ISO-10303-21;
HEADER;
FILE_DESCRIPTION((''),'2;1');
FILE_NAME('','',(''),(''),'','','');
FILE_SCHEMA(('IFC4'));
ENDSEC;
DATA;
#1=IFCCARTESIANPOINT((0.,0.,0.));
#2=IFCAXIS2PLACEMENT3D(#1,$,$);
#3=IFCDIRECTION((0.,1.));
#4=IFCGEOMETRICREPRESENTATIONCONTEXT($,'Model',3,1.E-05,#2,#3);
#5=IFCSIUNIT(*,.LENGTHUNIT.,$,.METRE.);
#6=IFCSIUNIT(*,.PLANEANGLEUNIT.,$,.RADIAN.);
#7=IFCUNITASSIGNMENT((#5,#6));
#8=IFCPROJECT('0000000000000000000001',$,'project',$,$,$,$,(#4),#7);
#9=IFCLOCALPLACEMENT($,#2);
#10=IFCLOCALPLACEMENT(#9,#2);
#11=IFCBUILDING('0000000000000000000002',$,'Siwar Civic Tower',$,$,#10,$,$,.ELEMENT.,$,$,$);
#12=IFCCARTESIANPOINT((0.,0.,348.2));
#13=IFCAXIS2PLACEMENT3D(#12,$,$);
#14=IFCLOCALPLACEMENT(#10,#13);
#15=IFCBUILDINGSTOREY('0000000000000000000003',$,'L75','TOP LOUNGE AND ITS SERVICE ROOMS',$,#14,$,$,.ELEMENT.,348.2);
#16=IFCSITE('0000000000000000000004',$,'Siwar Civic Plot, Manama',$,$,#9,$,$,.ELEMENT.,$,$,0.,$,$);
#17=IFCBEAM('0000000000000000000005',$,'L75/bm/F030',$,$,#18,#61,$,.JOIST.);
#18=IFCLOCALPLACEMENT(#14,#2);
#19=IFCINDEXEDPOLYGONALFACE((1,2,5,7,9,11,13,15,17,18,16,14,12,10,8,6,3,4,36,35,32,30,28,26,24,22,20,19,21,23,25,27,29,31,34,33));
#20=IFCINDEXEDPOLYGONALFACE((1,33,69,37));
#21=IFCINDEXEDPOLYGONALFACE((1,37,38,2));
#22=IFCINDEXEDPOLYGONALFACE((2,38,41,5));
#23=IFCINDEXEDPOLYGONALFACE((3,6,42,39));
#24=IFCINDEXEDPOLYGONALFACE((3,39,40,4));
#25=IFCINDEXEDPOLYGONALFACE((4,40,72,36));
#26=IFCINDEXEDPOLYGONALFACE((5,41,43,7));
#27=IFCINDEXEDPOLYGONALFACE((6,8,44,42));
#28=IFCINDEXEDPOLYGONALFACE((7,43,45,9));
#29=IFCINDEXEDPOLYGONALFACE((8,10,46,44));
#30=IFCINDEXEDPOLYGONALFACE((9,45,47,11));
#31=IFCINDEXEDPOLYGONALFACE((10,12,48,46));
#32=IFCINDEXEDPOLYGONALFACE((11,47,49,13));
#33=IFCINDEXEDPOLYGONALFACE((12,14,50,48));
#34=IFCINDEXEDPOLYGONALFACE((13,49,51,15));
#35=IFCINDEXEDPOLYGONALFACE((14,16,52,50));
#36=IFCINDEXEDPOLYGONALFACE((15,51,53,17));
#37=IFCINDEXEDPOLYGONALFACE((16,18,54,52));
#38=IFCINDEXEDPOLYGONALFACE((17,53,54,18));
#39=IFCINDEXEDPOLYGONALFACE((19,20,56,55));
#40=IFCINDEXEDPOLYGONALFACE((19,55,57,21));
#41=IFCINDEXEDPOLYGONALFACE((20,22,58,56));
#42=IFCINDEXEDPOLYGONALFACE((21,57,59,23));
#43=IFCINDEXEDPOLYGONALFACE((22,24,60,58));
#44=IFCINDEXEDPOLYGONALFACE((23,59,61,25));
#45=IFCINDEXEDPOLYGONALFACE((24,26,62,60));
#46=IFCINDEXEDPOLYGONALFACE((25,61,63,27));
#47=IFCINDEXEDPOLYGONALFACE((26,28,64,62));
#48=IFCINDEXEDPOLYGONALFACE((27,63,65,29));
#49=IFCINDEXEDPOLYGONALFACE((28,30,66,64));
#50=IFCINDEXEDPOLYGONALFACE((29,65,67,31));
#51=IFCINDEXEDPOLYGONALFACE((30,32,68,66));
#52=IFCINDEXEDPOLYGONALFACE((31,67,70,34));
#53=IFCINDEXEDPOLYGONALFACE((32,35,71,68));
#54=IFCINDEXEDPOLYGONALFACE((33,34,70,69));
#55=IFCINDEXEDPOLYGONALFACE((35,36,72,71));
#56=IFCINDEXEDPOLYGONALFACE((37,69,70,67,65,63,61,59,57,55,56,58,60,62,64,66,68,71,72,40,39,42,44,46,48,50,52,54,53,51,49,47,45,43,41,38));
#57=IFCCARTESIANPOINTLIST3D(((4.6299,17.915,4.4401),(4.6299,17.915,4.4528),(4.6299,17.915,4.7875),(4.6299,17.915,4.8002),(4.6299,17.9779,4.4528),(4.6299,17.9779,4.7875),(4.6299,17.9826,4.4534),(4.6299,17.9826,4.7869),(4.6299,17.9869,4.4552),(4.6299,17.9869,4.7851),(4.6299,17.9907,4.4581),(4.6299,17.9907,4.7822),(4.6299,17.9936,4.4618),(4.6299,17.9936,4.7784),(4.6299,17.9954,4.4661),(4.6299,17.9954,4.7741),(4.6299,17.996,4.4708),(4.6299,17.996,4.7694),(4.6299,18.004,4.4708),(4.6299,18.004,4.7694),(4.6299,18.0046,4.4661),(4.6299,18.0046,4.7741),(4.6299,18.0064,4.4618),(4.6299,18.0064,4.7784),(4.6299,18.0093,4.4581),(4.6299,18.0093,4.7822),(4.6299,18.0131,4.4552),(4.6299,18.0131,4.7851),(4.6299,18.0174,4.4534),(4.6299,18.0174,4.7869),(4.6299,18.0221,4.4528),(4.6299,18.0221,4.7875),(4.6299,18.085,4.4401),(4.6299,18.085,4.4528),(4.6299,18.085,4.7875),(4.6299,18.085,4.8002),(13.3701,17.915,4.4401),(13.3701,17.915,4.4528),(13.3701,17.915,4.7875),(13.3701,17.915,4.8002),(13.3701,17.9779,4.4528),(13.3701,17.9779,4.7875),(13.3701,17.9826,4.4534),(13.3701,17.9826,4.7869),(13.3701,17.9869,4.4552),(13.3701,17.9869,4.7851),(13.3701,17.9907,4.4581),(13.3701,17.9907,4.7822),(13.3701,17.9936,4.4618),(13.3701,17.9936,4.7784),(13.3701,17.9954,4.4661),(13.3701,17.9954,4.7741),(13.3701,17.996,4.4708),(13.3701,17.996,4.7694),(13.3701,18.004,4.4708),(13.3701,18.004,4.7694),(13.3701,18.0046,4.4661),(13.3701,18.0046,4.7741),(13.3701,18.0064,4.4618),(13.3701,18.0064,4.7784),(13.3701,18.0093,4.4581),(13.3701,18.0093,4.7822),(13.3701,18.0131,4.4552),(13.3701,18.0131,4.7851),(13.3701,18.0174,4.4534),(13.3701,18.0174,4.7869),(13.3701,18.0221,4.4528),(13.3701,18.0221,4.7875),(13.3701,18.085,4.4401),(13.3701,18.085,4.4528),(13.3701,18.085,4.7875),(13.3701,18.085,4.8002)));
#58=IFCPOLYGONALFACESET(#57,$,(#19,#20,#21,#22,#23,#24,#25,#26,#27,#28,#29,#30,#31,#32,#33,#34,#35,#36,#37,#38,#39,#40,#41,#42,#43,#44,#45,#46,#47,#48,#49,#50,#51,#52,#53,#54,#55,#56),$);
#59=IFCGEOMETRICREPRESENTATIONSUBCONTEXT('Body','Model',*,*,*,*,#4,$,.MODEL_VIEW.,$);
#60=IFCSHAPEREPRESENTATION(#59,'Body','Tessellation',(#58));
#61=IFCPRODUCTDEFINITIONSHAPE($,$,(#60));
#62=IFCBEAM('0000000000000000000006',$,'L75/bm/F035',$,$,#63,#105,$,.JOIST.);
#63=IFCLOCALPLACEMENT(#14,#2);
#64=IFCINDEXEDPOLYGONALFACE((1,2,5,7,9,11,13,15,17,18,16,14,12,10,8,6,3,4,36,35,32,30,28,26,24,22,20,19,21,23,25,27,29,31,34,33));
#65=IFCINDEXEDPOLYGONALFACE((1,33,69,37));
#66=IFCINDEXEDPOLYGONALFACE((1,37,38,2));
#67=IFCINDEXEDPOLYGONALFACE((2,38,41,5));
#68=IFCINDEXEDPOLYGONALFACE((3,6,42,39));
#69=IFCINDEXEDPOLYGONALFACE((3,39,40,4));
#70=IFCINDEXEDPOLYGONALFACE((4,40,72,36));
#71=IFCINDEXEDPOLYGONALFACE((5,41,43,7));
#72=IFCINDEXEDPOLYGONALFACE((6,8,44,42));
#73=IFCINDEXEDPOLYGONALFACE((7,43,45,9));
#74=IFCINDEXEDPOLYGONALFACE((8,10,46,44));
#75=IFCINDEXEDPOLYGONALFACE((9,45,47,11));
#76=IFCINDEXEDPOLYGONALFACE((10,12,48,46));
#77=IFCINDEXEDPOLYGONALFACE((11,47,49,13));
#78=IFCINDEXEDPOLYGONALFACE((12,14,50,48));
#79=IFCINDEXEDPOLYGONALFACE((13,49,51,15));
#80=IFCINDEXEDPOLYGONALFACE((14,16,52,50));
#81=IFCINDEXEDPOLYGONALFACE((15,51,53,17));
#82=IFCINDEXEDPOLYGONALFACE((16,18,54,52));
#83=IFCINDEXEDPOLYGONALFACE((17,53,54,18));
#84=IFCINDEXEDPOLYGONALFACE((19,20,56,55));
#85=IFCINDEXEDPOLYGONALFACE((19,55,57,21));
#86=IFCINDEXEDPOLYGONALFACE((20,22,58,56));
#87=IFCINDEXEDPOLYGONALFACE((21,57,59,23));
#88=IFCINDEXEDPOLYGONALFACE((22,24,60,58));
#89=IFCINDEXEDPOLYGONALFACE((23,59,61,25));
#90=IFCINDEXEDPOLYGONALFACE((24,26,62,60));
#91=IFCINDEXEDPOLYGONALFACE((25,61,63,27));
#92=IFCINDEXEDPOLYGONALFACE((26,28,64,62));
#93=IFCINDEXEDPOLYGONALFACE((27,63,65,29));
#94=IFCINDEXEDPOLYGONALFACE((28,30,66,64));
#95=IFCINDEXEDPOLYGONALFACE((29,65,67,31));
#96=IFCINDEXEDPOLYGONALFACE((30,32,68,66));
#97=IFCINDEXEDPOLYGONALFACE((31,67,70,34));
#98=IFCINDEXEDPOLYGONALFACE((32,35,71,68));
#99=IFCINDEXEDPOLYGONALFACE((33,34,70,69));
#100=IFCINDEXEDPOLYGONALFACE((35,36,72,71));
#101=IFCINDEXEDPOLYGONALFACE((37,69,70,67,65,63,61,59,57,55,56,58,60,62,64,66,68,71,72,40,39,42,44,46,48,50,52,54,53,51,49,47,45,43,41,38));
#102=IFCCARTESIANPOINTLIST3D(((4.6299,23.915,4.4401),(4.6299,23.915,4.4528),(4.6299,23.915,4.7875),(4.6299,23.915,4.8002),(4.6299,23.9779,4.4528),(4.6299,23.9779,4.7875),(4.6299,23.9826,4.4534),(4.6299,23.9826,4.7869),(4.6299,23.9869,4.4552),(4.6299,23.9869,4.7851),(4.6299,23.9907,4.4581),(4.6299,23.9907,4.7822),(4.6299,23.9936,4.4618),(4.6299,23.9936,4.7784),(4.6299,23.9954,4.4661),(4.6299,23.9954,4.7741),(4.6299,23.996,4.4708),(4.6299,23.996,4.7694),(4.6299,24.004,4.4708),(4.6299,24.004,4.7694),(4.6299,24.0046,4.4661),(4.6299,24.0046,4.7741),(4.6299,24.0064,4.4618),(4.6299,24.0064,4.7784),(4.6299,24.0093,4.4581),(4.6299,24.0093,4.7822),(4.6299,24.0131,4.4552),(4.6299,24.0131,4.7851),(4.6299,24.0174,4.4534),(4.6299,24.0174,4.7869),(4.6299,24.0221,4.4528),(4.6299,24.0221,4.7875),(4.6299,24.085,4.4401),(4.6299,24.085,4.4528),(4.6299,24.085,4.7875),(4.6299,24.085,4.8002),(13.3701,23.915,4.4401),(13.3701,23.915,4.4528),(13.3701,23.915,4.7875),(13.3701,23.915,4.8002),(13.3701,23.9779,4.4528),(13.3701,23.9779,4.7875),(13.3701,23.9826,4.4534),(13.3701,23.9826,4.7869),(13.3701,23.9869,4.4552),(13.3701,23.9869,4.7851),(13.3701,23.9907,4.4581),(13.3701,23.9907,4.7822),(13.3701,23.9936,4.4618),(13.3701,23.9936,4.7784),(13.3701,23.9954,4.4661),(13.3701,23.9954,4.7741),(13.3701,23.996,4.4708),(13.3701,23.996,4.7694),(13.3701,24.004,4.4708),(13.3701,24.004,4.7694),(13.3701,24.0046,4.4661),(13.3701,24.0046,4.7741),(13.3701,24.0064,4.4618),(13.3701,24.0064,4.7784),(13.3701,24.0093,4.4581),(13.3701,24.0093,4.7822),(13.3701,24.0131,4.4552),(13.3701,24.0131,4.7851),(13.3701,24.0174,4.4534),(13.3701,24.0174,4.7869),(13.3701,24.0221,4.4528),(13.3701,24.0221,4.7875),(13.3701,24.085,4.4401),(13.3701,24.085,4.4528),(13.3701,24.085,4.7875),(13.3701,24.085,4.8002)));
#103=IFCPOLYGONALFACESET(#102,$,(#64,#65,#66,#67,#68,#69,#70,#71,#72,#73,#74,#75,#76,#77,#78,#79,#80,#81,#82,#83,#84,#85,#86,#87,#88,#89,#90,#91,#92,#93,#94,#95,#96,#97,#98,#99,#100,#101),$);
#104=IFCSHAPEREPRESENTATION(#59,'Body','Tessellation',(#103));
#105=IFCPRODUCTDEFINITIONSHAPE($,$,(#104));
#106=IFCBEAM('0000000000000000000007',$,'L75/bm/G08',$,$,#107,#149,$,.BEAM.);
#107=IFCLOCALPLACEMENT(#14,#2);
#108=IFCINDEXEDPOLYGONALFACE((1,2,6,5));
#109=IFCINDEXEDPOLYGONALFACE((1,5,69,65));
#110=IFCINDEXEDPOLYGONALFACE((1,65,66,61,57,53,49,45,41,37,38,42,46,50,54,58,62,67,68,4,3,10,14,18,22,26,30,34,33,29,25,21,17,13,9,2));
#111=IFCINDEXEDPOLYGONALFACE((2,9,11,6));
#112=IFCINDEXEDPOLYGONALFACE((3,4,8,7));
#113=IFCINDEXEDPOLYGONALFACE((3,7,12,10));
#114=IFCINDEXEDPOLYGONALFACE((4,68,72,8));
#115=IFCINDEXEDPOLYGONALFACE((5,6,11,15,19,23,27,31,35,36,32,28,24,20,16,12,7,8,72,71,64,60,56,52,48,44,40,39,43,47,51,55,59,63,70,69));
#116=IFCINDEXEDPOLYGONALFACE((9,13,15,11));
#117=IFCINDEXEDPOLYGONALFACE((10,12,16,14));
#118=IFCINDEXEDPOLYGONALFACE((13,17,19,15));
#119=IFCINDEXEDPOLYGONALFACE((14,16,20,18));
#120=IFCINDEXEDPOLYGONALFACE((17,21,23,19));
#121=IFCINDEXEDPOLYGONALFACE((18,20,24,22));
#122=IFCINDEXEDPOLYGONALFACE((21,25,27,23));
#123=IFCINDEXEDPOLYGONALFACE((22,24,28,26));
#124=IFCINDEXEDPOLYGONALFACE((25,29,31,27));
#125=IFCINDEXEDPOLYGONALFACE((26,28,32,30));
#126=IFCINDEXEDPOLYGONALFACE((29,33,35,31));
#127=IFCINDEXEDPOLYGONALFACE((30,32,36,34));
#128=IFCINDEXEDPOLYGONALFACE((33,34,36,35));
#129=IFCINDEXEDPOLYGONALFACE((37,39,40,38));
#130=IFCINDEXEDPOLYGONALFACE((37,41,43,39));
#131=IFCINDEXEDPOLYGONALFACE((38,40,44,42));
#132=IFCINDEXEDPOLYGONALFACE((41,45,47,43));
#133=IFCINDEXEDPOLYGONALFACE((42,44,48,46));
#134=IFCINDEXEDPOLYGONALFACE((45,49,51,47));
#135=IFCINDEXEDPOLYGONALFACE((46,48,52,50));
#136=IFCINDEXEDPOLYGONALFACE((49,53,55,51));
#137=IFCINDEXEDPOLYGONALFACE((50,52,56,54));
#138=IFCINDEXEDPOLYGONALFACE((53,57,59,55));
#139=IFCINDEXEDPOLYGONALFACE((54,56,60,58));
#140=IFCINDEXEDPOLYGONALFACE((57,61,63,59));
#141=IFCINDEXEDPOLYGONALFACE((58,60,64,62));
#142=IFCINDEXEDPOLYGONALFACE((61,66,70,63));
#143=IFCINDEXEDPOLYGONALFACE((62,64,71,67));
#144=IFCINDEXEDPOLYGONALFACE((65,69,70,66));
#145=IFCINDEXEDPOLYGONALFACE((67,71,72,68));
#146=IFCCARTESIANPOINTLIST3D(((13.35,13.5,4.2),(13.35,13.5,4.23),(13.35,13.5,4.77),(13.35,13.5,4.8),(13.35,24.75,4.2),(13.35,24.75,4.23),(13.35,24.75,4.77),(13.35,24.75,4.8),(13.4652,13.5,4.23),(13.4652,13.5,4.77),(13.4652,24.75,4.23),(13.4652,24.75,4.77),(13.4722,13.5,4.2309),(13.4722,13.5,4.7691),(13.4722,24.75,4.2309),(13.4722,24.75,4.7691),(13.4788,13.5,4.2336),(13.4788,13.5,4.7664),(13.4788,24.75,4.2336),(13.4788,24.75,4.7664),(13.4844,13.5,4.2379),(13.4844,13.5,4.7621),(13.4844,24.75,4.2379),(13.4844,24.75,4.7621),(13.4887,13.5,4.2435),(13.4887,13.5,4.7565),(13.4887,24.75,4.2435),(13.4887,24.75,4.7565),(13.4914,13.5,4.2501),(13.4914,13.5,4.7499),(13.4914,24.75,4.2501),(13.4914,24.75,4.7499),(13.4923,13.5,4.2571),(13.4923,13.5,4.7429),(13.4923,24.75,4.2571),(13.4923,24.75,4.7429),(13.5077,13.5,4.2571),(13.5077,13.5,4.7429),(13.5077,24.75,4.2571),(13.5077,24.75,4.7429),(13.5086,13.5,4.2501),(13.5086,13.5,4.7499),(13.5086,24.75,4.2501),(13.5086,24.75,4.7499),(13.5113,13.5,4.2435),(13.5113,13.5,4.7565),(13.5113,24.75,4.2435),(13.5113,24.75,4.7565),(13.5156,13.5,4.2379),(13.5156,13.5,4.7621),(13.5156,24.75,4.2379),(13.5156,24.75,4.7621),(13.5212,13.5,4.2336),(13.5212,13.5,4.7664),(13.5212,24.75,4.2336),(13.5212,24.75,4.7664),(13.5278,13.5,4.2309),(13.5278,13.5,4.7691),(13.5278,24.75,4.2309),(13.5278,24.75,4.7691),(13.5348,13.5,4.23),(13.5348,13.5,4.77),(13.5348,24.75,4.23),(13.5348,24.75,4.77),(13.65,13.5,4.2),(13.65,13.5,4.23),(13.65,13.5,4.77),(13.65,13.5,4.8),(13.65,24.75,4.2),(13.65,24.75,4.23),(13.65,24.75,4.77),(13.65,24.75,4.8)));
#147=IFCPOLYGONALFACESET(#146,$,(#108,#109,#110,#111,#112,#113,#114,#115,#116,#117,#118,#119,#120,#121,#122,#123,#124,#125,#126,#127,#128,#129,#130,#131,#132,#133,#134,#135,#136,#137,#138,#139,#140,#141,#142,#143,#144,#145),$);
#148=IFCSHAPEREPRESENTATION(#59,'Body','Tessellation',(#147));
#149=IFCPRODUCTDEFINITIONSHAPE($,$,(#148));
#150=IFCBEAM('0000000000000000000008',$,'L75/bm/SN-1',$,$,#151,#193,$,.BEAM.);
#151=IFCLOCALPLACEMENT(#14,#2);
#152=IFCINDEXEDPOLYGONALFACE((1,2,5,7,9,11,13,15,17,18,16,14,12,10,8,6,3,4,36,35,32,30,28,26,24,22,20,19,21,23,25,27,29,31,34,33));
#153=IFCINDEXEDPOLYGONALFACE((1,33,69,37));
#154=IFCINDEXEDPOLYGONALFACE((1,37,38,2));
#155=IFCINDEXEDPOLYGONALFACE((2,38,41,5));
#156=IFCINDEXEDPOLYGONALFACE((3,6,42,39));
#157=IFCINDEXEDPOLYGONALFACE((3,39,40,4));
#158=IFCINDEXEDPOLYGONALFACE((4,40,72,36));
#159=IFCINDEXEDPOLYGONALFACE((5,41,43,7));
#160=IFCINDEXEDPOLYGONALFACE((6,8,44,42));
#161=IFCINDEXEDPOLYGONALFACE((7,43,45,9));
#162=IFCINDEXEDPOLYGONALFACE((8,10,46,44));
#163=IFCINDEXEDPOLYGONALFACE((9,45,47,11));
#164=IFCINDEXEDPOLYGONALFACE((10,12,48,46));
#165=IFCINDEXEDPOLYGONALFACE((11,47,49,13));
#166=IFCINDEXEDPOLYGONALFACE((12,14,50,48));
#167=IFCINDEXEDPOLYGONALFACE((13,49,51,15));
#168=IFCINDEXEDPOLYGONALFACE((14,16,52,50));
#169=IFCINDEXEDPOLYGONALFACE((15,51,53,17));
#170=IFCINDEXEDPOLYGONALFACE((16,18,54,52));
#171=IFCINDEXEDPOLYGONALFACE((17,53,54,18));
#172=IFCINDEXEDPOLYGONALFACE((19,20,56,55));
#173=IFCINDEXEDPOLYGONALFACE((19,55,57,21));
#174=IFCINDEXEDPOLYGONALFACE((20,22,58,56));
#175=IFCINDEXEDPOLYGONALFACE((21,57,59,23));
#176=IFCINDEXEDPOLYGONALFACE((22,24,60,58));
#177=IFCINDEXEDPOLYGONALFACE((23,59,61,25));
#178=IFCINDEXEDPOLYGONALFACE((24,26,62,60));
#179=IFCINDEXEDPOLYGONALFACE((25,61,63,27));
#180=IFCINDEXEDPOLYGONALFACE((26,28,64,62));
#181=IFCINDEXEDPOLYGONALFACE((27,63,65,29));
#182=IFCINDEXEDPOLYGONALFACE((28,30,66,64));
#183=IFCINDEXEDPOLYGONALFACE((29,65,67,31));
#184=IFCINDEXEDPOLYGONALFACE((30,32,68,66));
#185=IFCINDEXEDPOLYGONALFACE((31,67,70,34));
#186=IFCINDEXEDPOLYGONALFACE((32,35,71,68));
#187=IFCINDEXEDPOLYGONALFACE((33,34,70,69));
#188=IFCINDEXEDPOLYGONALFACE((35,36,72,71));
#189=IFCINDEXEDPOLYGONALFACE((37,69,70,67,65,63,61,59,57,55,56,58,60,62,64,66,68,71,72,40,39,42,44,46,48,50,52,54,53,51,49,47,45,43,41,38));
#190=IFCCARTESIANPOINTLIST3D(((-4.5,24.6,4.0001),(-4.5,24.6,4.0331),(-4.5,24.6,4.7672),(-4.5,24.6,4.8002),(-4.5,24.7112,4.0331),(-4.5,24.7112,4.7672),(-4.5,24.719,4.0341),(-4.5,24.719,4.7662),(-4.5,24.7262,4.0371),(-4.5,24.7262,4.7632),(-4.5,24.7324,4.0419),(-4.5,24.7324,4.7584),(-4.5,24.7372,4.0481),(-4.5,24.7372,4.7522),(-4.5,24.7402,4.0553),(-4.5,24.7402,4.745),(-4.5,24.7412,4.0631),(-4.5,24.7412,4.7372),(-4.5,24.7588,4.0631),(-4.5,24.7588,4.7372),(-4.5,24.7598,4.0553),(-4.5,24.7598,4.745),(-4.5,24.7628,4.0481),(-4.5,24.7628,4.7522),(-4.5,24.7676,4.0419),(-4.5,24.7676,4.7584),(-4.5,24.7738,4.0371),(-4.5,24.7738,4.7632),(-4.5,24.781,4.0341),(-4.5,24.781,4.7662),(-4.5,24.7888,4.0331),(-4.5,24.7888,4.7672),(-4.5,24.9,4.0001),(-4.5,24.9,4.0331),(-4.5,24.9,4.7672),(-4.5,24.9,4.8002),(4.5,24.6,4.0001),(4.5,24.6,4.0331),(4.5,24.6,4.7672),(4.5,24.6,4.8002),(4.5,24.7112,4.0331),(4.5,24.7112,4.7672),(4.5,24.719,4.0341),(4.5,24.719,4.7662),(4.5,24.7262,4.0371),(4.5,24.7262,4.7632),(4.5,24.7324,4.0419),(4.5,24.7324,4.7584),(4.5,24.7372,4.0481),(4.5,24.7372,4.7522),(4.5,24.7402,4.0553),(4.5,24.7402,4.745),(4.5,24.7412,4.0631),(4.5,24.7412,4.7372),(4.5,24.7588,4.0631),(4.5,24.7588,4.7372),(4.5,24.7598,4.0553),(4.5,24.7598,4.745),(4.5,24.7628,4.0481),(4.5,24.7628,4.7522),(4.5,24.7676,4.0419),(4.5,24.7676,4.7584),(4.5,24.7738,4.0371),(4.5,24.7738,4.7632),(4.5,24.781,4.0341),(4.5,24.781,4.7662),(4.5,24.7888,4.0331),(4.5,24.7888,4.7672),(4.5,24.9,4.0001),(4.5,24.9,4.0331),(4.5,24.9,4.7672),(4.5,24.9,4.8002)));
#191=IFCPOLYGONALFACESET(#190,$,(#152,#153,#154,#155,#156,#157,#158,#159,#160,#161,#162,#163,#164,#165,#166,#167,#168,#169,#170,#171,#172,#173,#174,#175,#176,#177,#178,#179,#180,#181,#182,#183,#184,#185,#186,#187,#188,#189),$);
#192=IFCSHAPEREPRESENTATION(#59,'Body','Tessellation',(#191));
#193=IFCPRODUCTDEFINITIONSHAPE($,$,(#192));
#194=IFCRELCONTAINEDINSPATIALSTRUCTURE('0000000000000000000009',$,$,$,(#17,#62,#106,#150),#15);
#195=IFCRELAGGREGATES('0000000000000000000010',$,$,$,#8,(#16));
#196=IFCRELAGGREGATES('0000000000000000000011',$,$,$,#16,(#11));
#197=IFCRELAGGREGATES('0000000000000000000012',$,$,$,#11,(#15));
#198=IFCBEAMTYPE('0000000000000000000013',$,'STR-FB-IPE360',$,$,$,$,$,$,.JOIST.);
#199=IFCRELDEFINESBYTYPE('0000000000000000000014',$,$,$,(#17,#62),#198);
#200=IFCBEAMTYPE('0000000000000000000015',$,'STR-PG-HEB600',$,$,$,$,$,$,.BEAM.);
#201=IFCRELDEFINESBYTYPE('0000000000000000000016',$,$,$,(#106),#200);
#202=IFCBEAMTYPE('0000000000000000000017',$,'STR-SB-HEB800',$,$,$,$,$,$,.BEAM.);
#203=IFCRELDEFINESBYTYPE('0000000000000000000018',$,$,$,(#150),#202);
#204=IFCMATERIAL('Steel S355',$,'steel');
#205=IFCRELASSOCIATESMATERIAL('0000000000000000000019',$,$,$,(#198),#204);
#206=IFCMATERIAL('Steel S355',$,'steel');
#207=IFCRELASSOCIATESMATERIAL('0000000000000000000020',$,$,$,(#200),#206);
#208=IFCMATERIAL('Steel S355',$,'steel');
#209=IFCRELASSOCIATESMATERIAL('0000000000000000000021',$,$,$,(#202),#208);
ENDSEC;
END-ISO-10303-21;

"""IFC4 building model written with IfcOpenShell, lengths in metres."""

from ifc_helpers import new_model, si_unit, direction, frame, origin, origin_2d, place, context, subcontext, project, spatial, i_section, extrude, material, material_profile, profile_set, type_object, element, save


model = new_model("IFC4")

# Units and contexts
model_context = context("Model", 3, precision=1e-05, world=origin(), true_north=direction((0.0, 1.0)))
body_context = subcontext(model_context, "Body", "Model", "MODEL_VIEW")
ifc_project = project(units=[si_unit("LENGTHUNIT", "METRE"), si_unit("PLANEANGLEUNIT", "RADIAN")], contexts=[model_context])

# Site, building, storey
site_placement = place(None, origin())
site = spatial("IfcSite", under=ifc_project, at=site_placement, Name="Siwar Civic Plot, Manama", CompositionType="ELEMENT", RefElevation=0.0)
building_placement = place(site_placement, origin())
building = spatial("IfcBuilding", under=site, at=building_placement, Name="Siwar Civic Tower", CompositionType="ELEMENT")
storey_placement = place(building_placement, frame((0.0, 0.0, 348.2)))
storey = spatial("IfcBuildingStorey", under=building, at=storey_placement, Name="L75", Description="TOP LOUNGE AND ITS SERVICE ROOMS", CompositionType="ELEMENT", Elevation=348.2)

# Beams
ifc_material_1 = material(Name="Steel S355", Category="steel")
ifc_material_profile_1 = material_profile(ifc_material_1, i_section(OverallWidth=0.1699, OverallDepth=0.3601, WebThickness=0.0081, FlangeThickness=0.0127, FilletRadius=0.0181, at=origin_2d()), Name="IPE360")
ifc_profile_set_1 = profile_set([ifc_material_profile_1], Name="Steel S355")
beam_type_1 = type_object("IfcBeamType", Name="STR-FB-IPE360", PredefinedType="JOIST", material=ifc_profile_set_1)
for number, where, z_axis, x_axis, name in (
    (1, (4.6299, 18.0, 4.6201), (1.0, 0.0, 0.0), (0.0, 1.0, 0.0), "L75/bm/F030"),
    (2, (4.6299, 24.0, 4.6201), (1.0, 0.0, 0.0), (0.0, 1.0, 0.0), "L75/bm/F035"),
):
    element("IfcBeam", number, at=place(storey_placement, frame(where, z_axis=z_axis, x_axis=x_axis)), inside=storey, type_object=beam_type_1, Name=name, PredefinedType="JOIST", context=body_context, shape_type="SweptSolid", body=[
        extrude(i_section(OverallWidth=0.1699, OverallDepth=0.3601, WebThickness=0.0081, FlangeThickness=0.0127, FilletRadius=0.0181, at=origin_2d()), origin(), (0.0, 0.0, 1.0), 8.7402),
    ])
ifc_material_2 = material(Name="Steel S355", Category="steel")
ifc_material_profile_2 = material_profile(ifc_material_2, i_section(OverallWidth=0.3, OverallDepth=0.6001, WebThickness=0.0154, FlangeThickness=0.03, FilletRadius=0.0271, at=origin_2d()), Name="HEB600")
ifc_profile_set_2 = profile_set([ifc_material_profile_2], Name="Steel S355")
beam_type_2 = type_object("IfcBeamType", Name="STR-PG-HEB600", PredefinedType="BEAM", material=ifc_profile_set_2)
beam_1_placement = place(storey_placement, frame((13.5, 13.5, 4.5), z_axis=(0.0, 1.0, 0.0), x_axis=(-1.0, 0.0, 0.0)))
element("IfcBeam", 3, at=beam_1_placement, inside=storey, type_object=beam_type_2, Name="L75/bm/G08", PredefinedType="BEAM", context=body_context, shape_type="SweptSolid", body=[
    extrude(i_section(OverallWidth=0.3, OverallDepth=0.6001, WebThickness=0.0154, FlangeThickness=0.03, FilletRadius=0.0271, at=origin_2d()), origin(), (0.0, 0.0, 1.0), 11.25),
])
ifc_material_3 = material(Name="Steel S355", Category="steel")
ifc_material_profile_3 = material_profile(ifc_material_3, i_section(OverallWidth=0.3, OverallDepth=0.8, WebThickness=0.0176, FlangeThickness=0.033, FilletRadius=0.03, at=origin_2d()), Name="HEB800")
ifc_profile_set_3 = profile_set([ifc_material_profile_3], Name="Steel S355")
beam_type_3 = type_object("IfcBeamType", Name="STR-SB-HEB800", PredefinedType="BEAM", material=ifc_profile_set_3)
beam_2_placement = place(storey_placement, frame((4.5, 24.75, 4.4001), z_axis=(-1.0, 0.0, 0.0), x_axis=(0.0, -1.0, 0.0)))
element("IfcBeam", 4, at=beam_2_placement, inside=storey, type_object=beam_type_3, Name="L75/bm/SN-1", PredefinedType="BEAM", context=body_context, shape_type="SweptSolid", body=[
    extrude(i_section(OverallWidth=0.3, OverallDepth=0.8, WebThickness=0.0176, FlangeThickness=0.033, FilletRadius=0.03, at=origin_2d()), origin(), (0.0, 0.0, 1.0), 9.0),
])

save(model, "model.ifc")
